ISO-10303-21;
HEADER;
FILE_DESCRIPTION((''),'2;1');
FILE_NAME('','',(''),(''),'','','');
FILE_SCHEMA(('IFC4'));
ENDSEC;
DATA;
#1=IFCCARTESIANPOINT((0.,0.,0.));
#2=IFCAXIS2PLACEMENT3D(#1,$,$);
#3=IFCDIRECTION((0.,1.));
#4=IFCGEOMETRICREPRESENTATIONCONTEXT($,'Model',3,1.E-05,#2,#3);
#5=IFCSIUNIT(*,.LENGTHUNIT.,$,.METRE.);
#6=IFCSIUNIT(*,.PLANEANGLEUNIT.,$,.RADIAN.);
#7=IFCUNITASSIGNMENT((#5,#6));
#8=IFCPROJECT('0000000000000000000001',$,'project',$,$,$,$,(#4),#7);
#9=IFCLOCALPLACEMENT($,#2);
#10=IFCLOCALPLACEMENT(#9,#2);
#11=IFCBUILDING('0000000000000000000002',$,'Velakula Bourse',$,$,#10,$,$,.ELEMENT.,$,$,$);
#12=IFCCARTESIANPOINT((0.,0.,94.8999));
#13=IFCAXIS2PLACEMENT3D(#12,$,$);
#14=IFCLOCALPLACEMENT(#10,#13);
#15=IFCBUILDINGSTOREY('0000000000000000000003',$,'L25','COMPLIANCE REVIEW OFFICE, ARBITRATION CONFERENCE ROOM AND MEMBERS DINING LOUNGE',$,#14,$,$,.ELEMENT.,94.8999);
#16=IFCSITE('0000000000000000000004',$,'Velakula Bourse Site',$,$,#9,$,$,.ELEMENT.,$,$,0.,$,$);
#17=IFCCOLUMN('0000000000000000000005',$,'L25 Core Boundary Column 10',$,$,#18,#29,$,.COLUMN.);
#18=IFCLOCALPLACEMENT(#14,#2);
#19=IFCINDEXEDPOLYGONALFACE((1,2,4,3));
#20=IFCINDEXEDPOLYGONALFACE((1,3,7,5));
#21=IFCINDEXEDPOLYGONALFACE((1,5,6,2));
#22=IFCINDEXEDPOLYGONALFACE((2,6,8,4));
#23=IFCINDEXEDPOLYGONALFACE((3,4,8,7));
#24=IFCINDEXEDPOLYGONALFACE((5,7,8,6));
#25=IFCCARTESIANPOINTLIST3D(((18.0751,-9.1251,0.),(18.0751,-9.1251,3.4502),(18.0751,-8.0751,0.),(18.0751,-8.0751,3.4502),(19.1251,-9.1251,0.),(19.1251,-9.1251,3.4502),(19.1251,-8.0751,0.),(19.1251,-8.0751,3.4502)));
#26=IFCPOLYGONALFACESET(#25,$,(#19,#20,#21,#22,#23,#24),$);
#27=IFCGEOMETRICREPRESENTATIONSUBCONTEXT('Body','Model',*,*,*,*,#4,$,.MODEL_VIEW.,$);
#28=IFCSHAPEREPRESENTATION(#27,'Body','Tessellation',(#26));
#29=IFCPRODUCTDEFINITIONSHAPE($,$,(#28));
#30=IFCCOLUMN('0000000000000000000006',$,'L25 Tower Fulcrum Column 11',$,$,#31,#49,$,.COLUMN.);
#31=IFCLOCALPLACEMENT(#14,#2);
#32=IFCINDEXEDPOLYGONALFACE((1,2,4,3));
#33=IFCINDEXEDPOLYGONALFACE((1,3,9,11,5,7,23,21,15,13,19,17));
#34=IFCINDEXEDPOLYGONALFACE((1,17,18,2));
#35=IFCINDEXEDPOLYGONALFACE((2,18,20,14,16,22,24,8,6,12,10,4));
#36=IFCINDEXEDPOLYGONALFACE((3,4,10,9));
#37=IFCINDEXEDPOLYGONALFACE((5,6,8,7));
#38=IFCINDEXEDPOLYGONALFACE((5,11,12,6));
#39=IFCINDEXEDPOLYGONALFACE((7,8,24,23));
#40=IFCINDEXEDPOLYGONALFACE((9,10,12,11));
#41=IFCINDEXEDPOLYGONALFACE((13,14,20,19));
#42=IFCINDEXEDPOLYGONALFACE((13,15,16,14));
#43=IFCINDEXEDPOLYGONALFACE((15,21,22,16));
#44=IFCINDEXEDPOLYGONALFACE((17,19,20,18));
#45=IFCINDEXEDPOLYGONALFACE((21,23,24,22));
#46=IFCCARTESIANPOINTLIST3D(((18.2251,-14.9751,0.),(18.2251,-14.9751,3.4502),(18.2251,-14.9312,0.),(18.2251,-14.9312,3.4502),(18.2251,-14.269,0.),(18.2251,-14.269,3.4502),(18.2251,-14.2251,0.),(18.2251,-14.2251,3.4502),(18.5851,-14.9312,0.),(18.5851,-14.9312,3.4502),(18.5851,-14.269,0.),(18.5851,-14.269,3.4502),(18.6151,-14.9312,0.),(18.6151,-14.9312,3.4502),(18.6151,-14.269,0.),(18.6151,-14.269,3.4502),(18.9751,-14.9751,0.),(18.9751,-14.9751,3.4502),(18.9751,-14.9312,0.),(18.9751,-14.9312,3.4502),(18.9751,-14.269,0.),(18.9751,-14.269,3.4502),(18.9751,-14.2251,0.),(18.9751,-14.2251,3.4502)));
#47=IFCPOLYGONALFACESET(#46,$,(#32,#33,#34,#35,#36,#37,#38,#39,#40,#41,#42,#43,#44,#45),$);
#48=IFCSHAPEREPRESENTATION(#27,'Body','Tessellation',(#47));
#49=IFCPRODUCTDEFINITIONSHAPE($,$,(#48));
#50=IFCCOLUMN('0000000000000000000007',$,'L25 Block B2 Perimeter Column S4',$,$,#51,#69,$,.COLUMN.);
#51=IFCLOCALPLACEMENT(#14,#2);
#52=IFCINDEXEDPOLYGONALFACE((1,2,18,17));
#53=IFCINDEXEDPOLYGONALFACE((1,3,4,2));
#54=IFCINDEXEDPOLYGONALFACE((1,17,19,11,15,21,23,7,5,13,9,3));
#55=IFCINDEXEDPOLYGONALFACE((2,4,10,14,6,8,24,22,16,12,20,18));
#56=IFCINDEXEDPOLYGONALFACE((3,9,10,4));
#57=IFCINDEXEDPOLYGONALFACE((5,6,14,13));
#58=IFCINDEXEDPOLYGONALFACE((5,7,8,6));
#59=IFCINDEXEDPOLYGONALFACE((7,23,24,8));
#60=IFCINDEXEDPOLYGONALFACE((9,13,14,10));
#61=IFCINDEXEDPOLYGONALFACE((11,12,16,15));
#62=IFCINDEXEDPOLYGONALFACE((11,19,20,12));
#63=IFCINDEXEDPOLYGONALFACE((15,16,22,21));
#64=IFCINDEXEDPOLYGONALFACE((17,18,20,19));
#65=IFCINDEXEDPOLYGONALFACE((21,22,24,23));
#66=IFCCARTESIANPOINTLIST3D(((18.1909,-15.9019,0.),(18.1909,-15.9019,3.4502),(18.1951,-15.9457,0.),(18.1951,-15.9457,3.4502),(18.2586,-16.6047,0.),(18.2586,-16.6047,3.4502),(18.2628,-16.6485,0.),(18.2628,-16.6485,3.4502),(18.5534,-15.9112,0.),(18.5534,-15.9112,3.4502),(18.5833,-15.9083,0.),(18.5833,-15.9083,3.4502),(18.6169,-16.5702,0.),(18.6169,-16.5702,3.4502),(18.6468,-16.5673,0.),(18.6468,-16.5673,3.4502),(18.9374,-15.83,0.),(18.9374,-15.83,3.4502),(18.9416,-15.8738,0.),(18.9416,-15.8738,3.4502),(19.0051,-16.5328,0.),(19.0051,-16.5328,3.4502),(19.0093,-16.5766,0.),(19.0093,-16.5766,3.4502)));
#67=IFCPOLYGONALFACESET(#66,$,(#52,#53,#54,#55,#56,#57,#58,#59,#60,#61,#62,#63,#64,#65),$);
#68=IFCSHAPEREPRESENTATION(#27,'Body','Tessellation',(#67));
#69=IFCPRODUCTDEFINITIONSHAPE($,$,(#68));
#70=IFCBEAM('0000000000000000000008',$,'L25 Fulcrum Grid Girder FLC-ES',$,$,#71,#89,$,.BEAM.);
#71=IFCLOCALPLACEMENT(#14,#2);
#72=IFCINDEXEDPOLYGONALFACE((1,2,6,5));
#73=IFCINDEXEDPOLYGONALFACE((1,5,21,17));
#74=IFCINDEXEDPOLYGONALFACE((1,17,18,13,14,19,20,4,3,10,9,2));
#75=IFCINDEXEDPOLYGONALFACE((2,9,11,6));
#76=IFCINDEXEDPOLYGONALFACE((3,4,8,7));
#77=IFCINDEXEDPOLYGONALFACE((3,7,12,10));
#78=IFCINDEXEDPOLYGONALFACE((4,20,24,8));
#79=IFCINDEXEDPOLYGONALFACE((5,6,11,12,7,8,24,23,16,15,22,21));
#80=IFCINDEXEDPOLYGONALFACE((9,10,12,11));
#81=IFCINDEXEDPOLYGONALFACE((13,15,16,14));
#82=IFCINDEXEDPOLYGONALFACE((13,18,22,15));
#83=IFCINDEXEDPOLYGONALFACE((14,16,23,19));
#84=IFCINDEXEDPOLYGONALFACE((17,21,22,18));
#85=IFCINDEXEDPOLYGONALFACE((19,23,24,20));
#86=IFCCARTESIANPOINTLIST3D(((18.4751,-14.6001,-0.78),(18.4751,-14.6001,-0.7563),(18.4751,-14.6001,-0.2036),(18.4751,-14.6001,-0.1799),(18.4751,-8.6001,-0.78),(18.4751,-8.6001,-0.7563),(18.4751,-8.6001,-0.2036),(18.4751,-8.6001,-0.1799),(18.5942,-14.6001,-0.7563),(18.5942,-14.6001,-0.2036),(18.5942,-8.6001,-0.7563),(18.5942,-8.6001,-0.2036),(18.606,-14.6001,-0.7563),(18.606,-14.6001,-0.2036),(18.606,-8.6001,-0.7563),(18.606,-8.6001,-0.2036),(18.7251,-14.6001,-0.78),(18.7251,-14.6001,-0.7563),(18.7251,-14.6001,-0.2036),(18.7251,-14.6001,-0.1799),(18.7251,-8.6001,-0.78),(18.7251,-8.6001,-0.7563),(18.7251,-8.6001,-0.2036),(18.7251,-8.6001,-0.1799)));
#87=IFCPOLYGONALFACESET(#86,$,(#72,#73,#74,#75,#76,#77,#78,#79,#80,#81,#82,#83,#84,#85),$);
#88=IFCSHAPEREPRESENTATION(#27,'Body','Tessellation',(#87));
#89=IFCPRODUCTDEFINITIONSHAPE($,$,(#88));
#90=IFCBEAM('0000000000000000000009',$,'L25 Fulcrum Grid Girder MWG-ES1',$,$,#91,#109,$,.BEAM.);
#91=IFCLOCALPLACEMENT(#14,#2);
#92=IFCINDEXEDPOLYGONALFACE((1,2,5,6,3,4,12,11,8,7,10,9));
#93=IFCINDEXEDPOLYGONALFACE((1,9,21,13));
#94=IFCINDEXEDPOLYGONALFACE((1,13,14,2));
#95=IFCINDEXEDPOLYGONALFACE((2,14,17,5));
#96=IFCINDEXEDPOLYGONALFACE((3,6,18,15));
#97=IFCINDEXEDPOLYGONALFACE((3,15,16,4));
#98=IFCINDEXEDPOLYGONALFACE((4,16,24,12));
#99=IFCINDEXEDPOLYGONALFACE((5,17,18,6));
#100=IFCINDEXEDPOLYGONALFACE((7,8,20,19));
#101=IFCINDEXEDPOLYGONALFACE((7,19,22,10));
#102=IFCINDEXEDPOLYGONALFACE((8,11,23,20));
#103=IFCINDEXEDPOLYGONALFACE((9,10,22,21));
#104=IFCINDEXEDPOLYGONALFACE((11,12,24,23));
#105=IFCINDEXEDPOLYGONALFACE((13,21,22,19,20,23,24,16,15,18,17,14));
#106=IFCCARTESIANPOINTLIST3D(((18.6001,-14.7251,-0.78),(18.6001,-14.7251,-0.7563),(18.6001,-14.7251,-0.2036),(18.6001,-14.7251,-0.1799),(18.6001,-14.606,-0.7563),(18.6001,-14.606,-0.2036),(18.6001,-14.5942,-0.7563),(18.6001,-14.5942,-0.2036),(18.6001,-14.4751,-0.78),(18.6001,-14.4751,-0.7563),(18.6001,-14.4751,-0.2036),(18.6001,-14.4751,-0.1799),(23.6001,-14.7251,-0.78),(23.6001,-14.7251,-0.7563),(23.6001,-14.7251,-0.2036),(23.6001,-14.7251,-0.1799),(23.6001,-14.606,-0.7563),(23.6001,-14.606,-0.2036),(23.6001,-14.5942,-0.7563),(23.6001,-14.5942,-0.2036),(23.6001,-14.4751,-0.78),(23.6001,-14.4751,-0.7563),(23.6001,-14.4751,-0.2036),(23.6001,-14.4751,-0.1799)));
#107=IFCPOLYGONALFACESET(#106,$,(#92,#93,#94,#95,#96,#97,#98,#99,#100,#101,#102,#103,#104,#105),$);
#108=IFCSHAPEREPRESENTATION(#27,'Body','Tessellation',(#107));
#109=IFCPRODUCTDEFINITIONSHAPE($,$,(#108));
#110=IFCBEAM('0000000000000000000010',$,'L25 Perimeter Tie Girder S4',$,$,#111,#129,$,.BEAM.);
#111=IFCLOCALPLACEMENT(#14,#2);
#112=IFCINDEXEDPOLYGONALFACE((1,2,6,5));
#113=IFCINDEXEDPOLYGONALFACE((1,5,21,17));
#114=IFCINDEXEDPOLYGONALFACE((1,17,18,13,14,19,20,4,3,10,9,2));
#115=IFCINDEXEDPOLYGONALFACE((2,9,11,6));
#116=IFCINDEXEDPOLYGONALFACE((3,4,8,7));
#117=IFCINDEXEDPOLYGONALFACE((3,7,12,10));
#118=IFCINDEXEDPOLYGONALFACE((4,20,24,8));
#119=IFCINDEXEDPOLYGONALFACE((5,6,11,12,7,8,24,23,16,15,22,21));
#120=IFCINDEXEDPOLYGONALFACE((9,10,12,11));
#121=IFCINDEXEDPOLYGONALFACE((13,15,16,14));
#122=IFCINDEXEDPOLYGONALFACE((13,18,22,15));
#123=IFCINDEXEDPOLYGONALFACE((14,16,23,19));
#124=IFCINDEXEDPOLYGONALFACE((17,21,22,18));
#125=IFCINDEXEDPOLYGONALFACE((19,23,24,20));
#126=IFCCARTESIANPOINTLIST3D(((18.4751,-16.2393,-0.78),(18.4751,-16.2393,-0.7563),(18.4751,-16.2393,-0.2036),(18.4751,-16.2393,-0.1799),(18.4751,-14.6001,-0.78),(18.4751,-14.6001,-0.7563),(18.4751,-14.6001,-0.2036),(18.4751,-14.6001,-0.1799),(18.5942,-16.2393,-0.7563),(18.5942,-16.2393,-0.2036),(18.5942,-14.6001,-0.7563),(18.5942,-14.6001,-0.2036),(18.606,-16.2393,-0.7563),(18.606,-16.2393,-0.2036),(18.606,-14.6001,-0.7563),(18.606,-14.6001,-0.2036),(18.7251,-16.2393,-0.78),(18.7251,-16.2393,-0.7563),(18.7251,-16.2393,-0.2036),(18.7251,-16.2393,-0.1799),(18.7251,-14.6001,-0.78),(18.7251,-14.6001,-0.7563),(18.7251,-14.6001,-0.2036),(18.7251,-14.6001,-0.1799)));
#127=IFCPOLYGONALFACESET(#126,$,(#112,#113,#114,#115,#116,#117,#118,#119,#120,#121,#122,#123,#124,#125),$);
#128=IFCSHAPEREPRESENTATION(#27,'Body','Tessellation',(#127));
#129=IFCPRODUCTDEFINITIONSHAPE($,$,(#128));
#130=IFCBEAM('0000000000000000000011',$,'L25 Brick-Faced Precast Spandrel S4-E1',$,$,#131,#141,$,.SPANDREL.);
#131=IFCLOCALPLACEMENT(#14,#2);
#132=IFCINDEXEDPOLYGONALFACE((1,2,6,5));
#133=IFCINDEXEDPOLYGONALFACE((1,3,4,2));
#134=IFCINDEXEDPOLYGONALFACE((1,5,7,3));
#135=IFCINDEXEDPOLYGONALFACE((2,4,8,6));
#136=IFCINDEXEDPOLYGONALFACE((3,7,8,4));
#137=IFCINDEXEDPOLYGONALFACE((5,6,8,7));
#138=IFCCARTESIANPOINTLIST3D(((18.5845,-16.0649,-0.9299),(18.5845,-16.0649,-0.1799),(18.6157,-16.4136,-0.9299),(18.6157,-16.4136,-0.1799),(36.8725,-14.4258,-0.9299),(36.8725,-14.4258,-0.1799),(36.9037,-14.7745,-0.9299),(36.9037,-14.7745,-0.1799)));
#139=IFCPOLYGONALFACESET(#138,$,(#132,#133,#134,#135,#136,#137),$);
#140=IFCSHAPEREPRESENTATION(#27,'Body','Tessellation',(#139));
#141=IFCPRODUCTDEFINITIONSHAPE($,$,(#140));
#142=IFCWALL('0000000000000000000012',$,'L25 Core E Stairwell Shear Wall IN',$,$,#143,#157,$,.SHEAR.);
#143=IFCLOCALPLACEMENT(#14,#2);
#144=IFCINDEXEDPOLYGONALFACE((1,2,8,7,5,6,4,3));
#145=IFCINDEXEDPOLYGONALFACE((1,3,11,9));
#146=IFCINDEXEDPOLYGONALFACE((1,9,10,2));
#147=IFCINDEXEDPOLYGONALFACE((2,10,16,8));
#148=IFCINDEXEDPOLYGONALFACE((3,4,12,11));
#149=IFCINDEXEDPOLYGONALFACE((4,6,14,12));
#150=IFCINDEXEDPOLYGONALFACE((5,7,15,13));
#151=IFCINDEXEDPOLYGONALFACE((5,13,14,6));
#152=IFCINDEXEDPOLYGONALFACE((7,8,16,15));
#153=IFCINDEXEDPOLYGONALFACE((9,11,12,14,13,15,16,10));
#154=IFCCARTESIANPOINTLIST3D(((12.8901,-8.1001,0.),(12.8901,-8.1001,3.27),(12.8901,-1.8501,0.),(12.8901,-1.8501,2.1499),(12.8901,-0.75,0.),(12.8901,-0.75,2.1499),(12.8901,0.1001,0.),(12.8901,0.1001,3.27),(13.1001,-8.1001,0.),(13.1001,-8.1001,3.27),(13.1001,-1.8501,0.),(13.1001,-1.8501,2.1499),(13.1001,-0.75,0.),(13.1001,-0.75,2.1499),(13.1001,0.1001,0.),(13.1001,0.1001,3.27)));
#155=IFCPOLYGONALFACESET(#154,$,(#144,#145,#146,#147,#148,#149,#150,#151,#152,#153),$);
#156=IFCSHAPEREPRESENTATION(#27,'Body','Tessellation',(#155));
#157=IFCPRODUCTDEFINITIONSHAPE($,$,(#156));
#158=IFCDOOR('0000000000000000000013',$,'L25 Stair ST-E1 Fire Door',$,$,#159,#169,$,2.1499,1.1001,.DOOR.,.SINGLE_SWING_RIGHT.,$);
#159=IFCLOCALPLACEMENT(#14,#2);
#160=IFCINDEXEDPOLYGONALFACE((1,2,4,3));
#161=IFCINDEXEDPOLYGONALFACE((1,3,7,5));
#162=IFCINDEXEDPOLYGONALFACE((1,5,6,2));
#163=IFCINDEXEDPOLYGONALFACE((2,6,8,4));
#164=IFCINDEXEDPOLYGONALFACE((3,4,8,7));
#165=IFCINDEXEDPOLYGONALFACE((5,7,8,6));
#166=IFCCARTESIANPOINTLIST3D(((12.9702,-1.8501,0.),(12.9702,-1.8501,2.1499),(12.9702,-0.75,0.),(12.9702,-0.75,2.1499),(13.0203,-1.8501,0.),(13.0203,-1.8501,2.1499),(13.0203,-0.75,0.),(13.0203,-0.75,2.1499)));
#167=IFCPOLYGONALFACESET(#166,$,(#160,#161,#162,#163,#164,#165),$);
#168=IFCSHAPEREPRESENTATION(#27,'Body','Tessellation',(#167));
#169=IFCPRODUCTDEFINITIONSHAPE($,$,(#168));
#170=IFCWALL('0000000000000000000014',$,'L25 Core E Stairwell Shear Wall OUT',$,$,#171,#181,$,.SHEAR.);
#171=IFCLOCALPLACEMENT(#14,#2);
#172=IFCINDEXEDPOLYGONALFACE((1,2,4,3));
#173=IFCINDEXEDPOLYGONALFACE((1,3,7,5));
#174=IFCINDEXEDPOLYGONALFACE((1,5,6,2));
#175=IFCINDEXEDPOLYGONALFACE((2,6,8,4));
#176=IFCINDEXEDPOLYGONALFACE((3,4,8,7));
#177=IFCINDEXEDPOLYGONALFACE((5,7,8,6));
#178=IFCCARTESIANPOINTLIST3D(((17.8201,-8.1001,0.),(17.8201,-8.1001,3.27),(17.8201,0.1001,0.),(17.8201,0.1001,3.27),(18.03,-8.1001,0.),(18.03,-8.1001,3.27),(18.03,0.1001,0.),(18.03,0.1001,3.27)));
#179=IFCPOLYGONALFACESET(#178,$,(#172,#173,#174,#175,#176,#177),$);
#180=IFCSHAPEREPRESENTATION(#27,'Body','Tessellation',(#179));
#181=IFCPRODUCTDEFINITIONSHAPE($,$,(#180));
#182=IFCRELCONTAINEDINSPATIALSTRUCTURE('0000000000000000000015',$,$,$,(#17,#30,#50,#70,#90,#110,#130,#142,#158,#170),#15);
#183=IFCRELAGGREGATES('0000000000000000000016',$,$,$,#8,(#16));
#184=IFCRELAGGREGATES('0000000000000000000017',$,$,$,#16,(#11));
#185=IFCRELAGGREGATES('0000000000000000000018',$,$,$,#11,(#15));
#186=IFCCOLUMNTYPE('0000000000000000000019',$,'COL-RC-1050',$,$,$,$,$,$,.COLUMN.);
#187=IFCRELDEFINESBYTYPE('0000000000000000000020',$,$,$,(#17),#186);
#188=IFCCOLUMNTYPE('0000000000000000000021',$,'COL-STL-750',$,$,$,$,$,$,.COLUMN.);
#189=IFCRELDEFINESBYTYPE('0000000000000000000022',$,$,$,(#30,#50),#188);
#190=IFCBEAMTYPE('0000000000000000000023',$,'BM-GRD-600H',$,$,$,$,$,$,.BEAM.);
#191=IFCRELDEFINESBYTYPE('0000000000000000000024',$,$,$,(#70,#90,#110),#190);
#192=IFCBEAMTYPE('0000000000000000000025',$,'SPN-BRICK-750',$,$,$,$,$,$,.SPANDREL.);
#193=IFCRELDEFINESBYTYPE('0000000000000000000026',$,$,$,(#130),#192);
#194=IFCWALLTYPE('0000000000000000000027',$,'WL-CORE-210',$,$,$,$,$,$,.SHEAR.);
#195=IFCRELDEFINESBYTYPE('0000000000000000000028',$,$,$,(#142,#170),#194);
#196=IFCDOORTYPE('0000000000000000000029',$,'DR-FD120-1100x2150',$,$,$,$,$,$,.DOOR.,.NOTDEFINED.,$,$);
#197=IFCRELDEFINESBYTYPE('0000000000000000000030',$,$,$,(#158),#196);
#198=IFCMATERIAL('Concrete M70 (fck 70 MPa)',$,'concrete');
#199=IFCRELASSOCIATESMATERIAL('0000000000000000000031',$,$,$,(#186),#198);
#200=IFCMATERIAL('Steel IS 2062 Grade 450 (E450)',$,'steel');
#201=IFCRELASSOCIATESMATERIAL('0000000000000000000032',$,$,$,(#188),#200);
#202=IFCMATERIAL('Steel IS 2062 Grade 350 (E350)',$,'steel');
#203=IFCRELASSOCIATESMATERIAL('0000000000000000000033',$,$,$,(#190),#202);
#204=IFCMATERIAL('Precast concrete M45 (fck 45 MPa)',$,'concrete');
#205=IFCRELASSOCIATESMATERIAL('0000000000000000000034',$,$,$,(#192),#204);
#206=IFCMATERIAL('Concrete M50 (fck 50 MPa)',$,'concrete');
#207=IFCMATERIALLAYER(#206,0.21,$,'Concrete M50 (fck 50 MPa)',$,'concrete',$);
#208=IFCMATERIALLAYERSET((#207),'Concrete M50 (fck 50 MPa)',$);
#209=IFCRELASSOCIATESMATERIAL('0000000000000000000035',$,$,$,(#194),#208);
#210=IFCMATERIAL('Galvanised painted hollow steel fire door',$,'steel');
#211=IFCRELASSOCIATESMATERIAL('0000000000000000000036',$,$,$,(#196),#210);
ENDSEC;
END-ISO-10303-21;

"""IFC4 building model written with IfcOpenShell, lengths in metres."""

from ifc_helpers import new_model, si_unit, direction, frame, frame_2d, origin, origin_2d, place, context, subcontext, project, spatial, rectangle, i_section, extrude, material, layer, layer_set, material_profile, profile_set, type_object, element, fill, save


model = new_model("IFC4")

# Units and contexts
model_context = context("Model", 3, precision=1e-05, world=origin(), true_north=direction((0.0, 1.0)))
body_context = subcontext(model_context, "Body", "Model", "MODEL_VIEW")
ifc_project = project(units=[si_unit("LENGTHUNIT", "METRE"), si_unit("PLANEANGLEUNIT", "RADIAN")], contexts=[model_context])

# Site, building, storey
site_placement = place(None, origin())
site = spatial("IfcSite", under=ifc_project, at=site_placement, Name="Velakula Bourse Site", CompositionType="ELEMENT", RefElevation=0.0)
building_placement = place(site_placement, origin())
building = spatial("IfcBuilding", under=site, at=building_placement, Name="Velakula Bourse", CompositionType="ELEMENT")
storey_placement = place(building_placement, frame((0.0, 0.0, 94.8999)))
storey = spatial("IfcBuildingStorey", under=building, at=storey_placement, Name="L25", Description="COMPLIANCE REVIEW OFFICE, ARBITRATION CONFERENCE ROOM AND MEMBERS DINING LOUNGE", CompositionType="ELEMENT", Elevation=94.8999)

# Columns
ifc_material_1 = material(Name="Concrete M70 (fck 70 MPa)", Category="concrete")
ifc_material_profile_1 = material_profile(ifc_material_1, rectangle(XDim=1.05, YDim=1.05, at=origin_2d()), Name="Concrete M70 (fck 70 MPa)")
ifc_profile_set_1 = profile_set([ifc_material_profile_1], Name="Concrete M70 (fck 70 MPa)")
column_type_1 = type_object("IfcColumnType", Name="COL-RC-1050", PredefinedType="COLUMN", material=ifc_profile_set_1)
column_placement = place(storey_placement, frame((18.6001, -8.6001, 0.0), z_axis=(0.0, 0.0, 1.0), x_axis=(1.0, 0.0, 0.0)))
element("IfcColumn", 1, at=column_placement, inside=storey, type_object=column_type_1, Name="L25 Core Boundary Column 10", PredefinedType="COLUMN", context=body_context, shape_type="SweptSolid", body=[
    extrude(rectangle(XDim=1.05, YDim=1.05, at=origin_2d()), origin(), (0.0, 0.0, 1.0), 3.4502),
])
ifc_material_2 = material(Name="Steel IS 2062 Grade 450 (E450)", Category="steel")
ifc_material_profile_2 = material_profile(ifc_material_2, i_section(OverallWidth=0.75, OverallDepth=0.75, WebThickness=0.03, FlangeThickness=0.0439, at=origin_2d()), Name="Steel IS 2062 Grade 450 (E450)")
ifc_profile_set_2 = profile_set([ifc_material_profile_2], Name="Steel IS 2062 Grade 450 (E450)")
column_type_2 = type_object("IfcColumnType", Name="COL-STL-750", PredefinedType="COLUMN", material=ifc_profile_set_2)
for number, where, z_axis, x_axis, name in (
    (2, (18.6001, -14.6001, 0.0), (0.0, 0.0, 1.0), (1.0, 0.0, 0.0), "L25 Tower Fulcrum Column 11"),
    (3, (18.6001, -16.2393, 0.0), (0.0, 0.0, 1.0), (0.995396, 0.095846, 0.0), "L25 Block B2 Perimeter Column S4"),
):
    element("IfcColumn", number, at=place(storey_placement, frame(where, z_axis=z_axis, x_axis=x_axis)), inside=storey, type_object=column_type_2, Name=name, PredefinedType="COLUMN", context=body_context, shape_type="SweptSolid", body=[
        extrude(i_section(OverallWidth=0.75, OverallDepth=0.75, WebThickness=0.03, FlangeThickness=0.0439, at=origin_2d()), origin(), (0.0, 0.0, 1.0), 3.4502),
    ])

# Beams
ifc_material_3 = material(Name="Steel IS 2062 Grade 350 (E350)", Category="steel")
ifc_material_profile_3 = material_profile(ifc_material_3, i_section(OverallWidth=0.25, OverallDepth=0.6001, WebThickness=0.0117, FlangeThickness=0.0237, at=origin_2d()), Name="Steel IS 2062 Grade 350 (E350)")
ifc_profile_set_3 = profile_set([ifc_material_profile_3], Name="Steel IS 2062 Grade 350 (E350)")
beam_type_1 = type_object("IfcBeamType", Name="BM-GRD-600H", PredefinedType="BEAM", material=ifc_profile_set_3)
beam_1_placement = place(storey_placement, frame((18.6001, -14.6001, -0.48), z_axis=(0.0, 1.0, 0.0), x_axis=(-1.0, 0.0, 0.0)))
element("IfcBeam", 4, at=beam_1_placement, inside=storey, type_object=beam_type_1, Name="L25 Fulcrum Grid Girder FLC-ES", PredefinedType="BEAM", context=body_context, shape_type="SweptSolid", body=[
    extrude(i_section(OverallWidth=0.25, OverallDepth=0.6001, WebThickness=0.0117, FlangeThickness=0.0237, at=origin_2d()), origin(), (0.0, 0.0, 1.0), 6.0),
])
beam_2_placement = place(storey_placement, frame((18.6001, -14.6001, -0.48), z_axis=(1.0, 0.0, 0.0), x_axis=(0.0, 1.0, 0.0)))
element("IfcBeam", 5, at=beam_2_placement, inside=storey, type_object=beam_type_1, Name="L25 Fulcrum Grid Girder MWG-ES1", PredefinedType="BEAM", context=body_context, shape_type="SweptSolid", body=[
    extrude(i_section(OverallWidth=0.25, OverallDepth=0.6001, WebThickness=0.0117, FlangeThickness=0.0237, at=origin_2d()), origin(), (0.0, 0.0, 1.0), 5.0),
])
beam_3_placement = place(storey_placement, frame((18.6001, -14.6001, -0.48), z_axis=(0.0, -1.0, 0.0), x_axis=(1.0, 0.0, 0.0)))
element("IfcBeam", 6, at=beam_3_placement, inside=storey, type_object=beam_type_1, Name="L25 Perimeter Tie Girder S4", PredefinedType="BEAM", context=body_context, shape_type="SweptSolid", body=[
    extrude(i_section(OverallWidth=0.25, OverallDepth=0.6001, WebThickness=0.0117, FlangeThickness=0.0237, at=origin_2d()), origin(), (0.0, 0.0, 1.0), 1.6392),
])
ifc_material_4 = material(Name="Precast concrete M45 (fck 45 MPa)", Category="concrete")
ifc_material_profile_4 = material_profile(ifc_material_4, rectangle(XDim=0.3501, YDim=0.75, at=origin_2d()), Name="Precast concrete M45 (fck 45 MPa)")
ifc_profile_set_4 = profile_set([ifc_material_profile_4], Name="Precast concrete M45 (fck 45 MPa)")
beam_type_2 = type_object("IfcBeamType", Name="SPN-BRICK-750", PredefinedType="SPANDREL", material=ifc_profile_set_4)
beam_4_placement = place(storey_placement, frame((18.6001, -16.2393, -0.5549), z_axis=(0.996007, 0.089272, 0.0), x_axis=(-0.089272, 0.996007, 0.0)))
element("IfcBeam", 7, at=beam_4_placement, inside=storey, type_object=beam_type_2, Name="L25 Brick-Faced Precast Spandrel S4-E1", PredefinedType="SPANDREL", context=body_context, shape_type="SweptSolid", body=[
    extrude(rectangle(XDim=0.3501, YDim=0.75, at=origin_2d()), origin(), (0.0, 0.0, 1.0), 18.3613),
])

# Wall, opening, door
ifc_material_5 = material(Name="Concrete M50 (fck 50 MPa)", Category="concrete")
ifc_layer_1 = layer(ifc_material_5, 0.21, Name="Concrete M50 (fck 50 MPa)", Category="concrete")
ifc_layer_set_1 = layer_set([ifc_layer_1], Name="Concrete M50 (fck 50 MPa)")
wall_type_1 = type_object("IfcWallType", Name="WL-CORE-210", PredefinedType="SHEAR", material=ifc_layer_set_1)
wall_1_placement = place(storey_placement, frame((12.9951, -8.1001, 0.0), z_axis=(0.0, 0.0, 1.0), x_axis=(0.0, 1.0, 0.0)))
wall_1 = element("IfcWall", 8, at=wall_1_placement, inside=storey, type_object=wall_type_1, Name="L25 Core E Stairwell Shear Wall IN", PredefinedType="SHEAR", context=body_context, shape_type="SweptSolid", body=[
    extrude(rectangle(XDim=8.2002, YDim=0.21, at=frame_2d((4.1001, 0.0))), origin(), (0.0, 0.0, 1.0), 3.27),
])
opening_1_placement = place(wall_1_placement, frame((6.25, 0.0, 0.0)))
opening_1 = element("IfcOpeningElement", 9, at=opening_1_placement, cuts=wall_1, PredefinedType="OPENING", context=body_context, shape_type="SweptSolid", body=[
    extrude(rectangle(XDim=1.1001, YDim=2.1499, at=frame_2d((0.55, 1.075))), frame((0.0, 0.115, 0.0), z_axis=(0.0, -1.0, 0.0), x_axis=(1.0, 0.0, 0.0)), (0.0, 0.0, 1.0), 0.23),
])
ifc_material_6 = material(Name="Galvanised painted hollow steel fire door", Category="steel")
door_type = type_object("IfcDoorType", Name="DR-FD120-1100x2150", OperationType="NOTDEFINED", PredefinedType="DOOR", material=ifc_material_6)
door_placement = place(opening_1_placement, origin())
door = element("IfcDoor", 10, at=door_placement, inside=storey, type_object=door_type, Name="L25 Stair ST-E1 Fire Door", OperationType="SINGLE_SWING_RIGHT", OverallHeight=2.1499, OverallWidth=1.1001, PredefinedType="DOOR", context=body_context, shape_type="SweptSolid", body=[
    extrude(rectangle(XDim=1.1001, YDim=2.1499, at=frame_2d((0.55, 1.075))), frame((0.0, 0.0249, 0.0), z_axis=(0.0, -1.0, 0.0), x_axis=(1.0, 0.0, 0.0)), (0.0, 0.0, 1.0), 0.05),
])
fill(opening_1, door)

# Wall
wall_2_placement = place(storey_placement, frame((17.925, -8.1001, 0.0), z_axis=(0.0, 0.0, 1.0), x_axis=(0.0, 1.0, 0.0)))
element("IfcWall", 11, at=wall_2_placement, inside=storey, type_object=wall_type_1, Name="L25 Core E Stairwell Shear Wall OUT", PredefinedType="SHEAR", context=body_context, shape_type="SweptSolid", body=[
    extrude(rectangle(XDim=8.2002, YDim=0.21, at=frame_2d((4.1001, 0.0))), origin(), (0.0, 0.0, 1.0), 3.27),
])

save(model, "model.ifc")
